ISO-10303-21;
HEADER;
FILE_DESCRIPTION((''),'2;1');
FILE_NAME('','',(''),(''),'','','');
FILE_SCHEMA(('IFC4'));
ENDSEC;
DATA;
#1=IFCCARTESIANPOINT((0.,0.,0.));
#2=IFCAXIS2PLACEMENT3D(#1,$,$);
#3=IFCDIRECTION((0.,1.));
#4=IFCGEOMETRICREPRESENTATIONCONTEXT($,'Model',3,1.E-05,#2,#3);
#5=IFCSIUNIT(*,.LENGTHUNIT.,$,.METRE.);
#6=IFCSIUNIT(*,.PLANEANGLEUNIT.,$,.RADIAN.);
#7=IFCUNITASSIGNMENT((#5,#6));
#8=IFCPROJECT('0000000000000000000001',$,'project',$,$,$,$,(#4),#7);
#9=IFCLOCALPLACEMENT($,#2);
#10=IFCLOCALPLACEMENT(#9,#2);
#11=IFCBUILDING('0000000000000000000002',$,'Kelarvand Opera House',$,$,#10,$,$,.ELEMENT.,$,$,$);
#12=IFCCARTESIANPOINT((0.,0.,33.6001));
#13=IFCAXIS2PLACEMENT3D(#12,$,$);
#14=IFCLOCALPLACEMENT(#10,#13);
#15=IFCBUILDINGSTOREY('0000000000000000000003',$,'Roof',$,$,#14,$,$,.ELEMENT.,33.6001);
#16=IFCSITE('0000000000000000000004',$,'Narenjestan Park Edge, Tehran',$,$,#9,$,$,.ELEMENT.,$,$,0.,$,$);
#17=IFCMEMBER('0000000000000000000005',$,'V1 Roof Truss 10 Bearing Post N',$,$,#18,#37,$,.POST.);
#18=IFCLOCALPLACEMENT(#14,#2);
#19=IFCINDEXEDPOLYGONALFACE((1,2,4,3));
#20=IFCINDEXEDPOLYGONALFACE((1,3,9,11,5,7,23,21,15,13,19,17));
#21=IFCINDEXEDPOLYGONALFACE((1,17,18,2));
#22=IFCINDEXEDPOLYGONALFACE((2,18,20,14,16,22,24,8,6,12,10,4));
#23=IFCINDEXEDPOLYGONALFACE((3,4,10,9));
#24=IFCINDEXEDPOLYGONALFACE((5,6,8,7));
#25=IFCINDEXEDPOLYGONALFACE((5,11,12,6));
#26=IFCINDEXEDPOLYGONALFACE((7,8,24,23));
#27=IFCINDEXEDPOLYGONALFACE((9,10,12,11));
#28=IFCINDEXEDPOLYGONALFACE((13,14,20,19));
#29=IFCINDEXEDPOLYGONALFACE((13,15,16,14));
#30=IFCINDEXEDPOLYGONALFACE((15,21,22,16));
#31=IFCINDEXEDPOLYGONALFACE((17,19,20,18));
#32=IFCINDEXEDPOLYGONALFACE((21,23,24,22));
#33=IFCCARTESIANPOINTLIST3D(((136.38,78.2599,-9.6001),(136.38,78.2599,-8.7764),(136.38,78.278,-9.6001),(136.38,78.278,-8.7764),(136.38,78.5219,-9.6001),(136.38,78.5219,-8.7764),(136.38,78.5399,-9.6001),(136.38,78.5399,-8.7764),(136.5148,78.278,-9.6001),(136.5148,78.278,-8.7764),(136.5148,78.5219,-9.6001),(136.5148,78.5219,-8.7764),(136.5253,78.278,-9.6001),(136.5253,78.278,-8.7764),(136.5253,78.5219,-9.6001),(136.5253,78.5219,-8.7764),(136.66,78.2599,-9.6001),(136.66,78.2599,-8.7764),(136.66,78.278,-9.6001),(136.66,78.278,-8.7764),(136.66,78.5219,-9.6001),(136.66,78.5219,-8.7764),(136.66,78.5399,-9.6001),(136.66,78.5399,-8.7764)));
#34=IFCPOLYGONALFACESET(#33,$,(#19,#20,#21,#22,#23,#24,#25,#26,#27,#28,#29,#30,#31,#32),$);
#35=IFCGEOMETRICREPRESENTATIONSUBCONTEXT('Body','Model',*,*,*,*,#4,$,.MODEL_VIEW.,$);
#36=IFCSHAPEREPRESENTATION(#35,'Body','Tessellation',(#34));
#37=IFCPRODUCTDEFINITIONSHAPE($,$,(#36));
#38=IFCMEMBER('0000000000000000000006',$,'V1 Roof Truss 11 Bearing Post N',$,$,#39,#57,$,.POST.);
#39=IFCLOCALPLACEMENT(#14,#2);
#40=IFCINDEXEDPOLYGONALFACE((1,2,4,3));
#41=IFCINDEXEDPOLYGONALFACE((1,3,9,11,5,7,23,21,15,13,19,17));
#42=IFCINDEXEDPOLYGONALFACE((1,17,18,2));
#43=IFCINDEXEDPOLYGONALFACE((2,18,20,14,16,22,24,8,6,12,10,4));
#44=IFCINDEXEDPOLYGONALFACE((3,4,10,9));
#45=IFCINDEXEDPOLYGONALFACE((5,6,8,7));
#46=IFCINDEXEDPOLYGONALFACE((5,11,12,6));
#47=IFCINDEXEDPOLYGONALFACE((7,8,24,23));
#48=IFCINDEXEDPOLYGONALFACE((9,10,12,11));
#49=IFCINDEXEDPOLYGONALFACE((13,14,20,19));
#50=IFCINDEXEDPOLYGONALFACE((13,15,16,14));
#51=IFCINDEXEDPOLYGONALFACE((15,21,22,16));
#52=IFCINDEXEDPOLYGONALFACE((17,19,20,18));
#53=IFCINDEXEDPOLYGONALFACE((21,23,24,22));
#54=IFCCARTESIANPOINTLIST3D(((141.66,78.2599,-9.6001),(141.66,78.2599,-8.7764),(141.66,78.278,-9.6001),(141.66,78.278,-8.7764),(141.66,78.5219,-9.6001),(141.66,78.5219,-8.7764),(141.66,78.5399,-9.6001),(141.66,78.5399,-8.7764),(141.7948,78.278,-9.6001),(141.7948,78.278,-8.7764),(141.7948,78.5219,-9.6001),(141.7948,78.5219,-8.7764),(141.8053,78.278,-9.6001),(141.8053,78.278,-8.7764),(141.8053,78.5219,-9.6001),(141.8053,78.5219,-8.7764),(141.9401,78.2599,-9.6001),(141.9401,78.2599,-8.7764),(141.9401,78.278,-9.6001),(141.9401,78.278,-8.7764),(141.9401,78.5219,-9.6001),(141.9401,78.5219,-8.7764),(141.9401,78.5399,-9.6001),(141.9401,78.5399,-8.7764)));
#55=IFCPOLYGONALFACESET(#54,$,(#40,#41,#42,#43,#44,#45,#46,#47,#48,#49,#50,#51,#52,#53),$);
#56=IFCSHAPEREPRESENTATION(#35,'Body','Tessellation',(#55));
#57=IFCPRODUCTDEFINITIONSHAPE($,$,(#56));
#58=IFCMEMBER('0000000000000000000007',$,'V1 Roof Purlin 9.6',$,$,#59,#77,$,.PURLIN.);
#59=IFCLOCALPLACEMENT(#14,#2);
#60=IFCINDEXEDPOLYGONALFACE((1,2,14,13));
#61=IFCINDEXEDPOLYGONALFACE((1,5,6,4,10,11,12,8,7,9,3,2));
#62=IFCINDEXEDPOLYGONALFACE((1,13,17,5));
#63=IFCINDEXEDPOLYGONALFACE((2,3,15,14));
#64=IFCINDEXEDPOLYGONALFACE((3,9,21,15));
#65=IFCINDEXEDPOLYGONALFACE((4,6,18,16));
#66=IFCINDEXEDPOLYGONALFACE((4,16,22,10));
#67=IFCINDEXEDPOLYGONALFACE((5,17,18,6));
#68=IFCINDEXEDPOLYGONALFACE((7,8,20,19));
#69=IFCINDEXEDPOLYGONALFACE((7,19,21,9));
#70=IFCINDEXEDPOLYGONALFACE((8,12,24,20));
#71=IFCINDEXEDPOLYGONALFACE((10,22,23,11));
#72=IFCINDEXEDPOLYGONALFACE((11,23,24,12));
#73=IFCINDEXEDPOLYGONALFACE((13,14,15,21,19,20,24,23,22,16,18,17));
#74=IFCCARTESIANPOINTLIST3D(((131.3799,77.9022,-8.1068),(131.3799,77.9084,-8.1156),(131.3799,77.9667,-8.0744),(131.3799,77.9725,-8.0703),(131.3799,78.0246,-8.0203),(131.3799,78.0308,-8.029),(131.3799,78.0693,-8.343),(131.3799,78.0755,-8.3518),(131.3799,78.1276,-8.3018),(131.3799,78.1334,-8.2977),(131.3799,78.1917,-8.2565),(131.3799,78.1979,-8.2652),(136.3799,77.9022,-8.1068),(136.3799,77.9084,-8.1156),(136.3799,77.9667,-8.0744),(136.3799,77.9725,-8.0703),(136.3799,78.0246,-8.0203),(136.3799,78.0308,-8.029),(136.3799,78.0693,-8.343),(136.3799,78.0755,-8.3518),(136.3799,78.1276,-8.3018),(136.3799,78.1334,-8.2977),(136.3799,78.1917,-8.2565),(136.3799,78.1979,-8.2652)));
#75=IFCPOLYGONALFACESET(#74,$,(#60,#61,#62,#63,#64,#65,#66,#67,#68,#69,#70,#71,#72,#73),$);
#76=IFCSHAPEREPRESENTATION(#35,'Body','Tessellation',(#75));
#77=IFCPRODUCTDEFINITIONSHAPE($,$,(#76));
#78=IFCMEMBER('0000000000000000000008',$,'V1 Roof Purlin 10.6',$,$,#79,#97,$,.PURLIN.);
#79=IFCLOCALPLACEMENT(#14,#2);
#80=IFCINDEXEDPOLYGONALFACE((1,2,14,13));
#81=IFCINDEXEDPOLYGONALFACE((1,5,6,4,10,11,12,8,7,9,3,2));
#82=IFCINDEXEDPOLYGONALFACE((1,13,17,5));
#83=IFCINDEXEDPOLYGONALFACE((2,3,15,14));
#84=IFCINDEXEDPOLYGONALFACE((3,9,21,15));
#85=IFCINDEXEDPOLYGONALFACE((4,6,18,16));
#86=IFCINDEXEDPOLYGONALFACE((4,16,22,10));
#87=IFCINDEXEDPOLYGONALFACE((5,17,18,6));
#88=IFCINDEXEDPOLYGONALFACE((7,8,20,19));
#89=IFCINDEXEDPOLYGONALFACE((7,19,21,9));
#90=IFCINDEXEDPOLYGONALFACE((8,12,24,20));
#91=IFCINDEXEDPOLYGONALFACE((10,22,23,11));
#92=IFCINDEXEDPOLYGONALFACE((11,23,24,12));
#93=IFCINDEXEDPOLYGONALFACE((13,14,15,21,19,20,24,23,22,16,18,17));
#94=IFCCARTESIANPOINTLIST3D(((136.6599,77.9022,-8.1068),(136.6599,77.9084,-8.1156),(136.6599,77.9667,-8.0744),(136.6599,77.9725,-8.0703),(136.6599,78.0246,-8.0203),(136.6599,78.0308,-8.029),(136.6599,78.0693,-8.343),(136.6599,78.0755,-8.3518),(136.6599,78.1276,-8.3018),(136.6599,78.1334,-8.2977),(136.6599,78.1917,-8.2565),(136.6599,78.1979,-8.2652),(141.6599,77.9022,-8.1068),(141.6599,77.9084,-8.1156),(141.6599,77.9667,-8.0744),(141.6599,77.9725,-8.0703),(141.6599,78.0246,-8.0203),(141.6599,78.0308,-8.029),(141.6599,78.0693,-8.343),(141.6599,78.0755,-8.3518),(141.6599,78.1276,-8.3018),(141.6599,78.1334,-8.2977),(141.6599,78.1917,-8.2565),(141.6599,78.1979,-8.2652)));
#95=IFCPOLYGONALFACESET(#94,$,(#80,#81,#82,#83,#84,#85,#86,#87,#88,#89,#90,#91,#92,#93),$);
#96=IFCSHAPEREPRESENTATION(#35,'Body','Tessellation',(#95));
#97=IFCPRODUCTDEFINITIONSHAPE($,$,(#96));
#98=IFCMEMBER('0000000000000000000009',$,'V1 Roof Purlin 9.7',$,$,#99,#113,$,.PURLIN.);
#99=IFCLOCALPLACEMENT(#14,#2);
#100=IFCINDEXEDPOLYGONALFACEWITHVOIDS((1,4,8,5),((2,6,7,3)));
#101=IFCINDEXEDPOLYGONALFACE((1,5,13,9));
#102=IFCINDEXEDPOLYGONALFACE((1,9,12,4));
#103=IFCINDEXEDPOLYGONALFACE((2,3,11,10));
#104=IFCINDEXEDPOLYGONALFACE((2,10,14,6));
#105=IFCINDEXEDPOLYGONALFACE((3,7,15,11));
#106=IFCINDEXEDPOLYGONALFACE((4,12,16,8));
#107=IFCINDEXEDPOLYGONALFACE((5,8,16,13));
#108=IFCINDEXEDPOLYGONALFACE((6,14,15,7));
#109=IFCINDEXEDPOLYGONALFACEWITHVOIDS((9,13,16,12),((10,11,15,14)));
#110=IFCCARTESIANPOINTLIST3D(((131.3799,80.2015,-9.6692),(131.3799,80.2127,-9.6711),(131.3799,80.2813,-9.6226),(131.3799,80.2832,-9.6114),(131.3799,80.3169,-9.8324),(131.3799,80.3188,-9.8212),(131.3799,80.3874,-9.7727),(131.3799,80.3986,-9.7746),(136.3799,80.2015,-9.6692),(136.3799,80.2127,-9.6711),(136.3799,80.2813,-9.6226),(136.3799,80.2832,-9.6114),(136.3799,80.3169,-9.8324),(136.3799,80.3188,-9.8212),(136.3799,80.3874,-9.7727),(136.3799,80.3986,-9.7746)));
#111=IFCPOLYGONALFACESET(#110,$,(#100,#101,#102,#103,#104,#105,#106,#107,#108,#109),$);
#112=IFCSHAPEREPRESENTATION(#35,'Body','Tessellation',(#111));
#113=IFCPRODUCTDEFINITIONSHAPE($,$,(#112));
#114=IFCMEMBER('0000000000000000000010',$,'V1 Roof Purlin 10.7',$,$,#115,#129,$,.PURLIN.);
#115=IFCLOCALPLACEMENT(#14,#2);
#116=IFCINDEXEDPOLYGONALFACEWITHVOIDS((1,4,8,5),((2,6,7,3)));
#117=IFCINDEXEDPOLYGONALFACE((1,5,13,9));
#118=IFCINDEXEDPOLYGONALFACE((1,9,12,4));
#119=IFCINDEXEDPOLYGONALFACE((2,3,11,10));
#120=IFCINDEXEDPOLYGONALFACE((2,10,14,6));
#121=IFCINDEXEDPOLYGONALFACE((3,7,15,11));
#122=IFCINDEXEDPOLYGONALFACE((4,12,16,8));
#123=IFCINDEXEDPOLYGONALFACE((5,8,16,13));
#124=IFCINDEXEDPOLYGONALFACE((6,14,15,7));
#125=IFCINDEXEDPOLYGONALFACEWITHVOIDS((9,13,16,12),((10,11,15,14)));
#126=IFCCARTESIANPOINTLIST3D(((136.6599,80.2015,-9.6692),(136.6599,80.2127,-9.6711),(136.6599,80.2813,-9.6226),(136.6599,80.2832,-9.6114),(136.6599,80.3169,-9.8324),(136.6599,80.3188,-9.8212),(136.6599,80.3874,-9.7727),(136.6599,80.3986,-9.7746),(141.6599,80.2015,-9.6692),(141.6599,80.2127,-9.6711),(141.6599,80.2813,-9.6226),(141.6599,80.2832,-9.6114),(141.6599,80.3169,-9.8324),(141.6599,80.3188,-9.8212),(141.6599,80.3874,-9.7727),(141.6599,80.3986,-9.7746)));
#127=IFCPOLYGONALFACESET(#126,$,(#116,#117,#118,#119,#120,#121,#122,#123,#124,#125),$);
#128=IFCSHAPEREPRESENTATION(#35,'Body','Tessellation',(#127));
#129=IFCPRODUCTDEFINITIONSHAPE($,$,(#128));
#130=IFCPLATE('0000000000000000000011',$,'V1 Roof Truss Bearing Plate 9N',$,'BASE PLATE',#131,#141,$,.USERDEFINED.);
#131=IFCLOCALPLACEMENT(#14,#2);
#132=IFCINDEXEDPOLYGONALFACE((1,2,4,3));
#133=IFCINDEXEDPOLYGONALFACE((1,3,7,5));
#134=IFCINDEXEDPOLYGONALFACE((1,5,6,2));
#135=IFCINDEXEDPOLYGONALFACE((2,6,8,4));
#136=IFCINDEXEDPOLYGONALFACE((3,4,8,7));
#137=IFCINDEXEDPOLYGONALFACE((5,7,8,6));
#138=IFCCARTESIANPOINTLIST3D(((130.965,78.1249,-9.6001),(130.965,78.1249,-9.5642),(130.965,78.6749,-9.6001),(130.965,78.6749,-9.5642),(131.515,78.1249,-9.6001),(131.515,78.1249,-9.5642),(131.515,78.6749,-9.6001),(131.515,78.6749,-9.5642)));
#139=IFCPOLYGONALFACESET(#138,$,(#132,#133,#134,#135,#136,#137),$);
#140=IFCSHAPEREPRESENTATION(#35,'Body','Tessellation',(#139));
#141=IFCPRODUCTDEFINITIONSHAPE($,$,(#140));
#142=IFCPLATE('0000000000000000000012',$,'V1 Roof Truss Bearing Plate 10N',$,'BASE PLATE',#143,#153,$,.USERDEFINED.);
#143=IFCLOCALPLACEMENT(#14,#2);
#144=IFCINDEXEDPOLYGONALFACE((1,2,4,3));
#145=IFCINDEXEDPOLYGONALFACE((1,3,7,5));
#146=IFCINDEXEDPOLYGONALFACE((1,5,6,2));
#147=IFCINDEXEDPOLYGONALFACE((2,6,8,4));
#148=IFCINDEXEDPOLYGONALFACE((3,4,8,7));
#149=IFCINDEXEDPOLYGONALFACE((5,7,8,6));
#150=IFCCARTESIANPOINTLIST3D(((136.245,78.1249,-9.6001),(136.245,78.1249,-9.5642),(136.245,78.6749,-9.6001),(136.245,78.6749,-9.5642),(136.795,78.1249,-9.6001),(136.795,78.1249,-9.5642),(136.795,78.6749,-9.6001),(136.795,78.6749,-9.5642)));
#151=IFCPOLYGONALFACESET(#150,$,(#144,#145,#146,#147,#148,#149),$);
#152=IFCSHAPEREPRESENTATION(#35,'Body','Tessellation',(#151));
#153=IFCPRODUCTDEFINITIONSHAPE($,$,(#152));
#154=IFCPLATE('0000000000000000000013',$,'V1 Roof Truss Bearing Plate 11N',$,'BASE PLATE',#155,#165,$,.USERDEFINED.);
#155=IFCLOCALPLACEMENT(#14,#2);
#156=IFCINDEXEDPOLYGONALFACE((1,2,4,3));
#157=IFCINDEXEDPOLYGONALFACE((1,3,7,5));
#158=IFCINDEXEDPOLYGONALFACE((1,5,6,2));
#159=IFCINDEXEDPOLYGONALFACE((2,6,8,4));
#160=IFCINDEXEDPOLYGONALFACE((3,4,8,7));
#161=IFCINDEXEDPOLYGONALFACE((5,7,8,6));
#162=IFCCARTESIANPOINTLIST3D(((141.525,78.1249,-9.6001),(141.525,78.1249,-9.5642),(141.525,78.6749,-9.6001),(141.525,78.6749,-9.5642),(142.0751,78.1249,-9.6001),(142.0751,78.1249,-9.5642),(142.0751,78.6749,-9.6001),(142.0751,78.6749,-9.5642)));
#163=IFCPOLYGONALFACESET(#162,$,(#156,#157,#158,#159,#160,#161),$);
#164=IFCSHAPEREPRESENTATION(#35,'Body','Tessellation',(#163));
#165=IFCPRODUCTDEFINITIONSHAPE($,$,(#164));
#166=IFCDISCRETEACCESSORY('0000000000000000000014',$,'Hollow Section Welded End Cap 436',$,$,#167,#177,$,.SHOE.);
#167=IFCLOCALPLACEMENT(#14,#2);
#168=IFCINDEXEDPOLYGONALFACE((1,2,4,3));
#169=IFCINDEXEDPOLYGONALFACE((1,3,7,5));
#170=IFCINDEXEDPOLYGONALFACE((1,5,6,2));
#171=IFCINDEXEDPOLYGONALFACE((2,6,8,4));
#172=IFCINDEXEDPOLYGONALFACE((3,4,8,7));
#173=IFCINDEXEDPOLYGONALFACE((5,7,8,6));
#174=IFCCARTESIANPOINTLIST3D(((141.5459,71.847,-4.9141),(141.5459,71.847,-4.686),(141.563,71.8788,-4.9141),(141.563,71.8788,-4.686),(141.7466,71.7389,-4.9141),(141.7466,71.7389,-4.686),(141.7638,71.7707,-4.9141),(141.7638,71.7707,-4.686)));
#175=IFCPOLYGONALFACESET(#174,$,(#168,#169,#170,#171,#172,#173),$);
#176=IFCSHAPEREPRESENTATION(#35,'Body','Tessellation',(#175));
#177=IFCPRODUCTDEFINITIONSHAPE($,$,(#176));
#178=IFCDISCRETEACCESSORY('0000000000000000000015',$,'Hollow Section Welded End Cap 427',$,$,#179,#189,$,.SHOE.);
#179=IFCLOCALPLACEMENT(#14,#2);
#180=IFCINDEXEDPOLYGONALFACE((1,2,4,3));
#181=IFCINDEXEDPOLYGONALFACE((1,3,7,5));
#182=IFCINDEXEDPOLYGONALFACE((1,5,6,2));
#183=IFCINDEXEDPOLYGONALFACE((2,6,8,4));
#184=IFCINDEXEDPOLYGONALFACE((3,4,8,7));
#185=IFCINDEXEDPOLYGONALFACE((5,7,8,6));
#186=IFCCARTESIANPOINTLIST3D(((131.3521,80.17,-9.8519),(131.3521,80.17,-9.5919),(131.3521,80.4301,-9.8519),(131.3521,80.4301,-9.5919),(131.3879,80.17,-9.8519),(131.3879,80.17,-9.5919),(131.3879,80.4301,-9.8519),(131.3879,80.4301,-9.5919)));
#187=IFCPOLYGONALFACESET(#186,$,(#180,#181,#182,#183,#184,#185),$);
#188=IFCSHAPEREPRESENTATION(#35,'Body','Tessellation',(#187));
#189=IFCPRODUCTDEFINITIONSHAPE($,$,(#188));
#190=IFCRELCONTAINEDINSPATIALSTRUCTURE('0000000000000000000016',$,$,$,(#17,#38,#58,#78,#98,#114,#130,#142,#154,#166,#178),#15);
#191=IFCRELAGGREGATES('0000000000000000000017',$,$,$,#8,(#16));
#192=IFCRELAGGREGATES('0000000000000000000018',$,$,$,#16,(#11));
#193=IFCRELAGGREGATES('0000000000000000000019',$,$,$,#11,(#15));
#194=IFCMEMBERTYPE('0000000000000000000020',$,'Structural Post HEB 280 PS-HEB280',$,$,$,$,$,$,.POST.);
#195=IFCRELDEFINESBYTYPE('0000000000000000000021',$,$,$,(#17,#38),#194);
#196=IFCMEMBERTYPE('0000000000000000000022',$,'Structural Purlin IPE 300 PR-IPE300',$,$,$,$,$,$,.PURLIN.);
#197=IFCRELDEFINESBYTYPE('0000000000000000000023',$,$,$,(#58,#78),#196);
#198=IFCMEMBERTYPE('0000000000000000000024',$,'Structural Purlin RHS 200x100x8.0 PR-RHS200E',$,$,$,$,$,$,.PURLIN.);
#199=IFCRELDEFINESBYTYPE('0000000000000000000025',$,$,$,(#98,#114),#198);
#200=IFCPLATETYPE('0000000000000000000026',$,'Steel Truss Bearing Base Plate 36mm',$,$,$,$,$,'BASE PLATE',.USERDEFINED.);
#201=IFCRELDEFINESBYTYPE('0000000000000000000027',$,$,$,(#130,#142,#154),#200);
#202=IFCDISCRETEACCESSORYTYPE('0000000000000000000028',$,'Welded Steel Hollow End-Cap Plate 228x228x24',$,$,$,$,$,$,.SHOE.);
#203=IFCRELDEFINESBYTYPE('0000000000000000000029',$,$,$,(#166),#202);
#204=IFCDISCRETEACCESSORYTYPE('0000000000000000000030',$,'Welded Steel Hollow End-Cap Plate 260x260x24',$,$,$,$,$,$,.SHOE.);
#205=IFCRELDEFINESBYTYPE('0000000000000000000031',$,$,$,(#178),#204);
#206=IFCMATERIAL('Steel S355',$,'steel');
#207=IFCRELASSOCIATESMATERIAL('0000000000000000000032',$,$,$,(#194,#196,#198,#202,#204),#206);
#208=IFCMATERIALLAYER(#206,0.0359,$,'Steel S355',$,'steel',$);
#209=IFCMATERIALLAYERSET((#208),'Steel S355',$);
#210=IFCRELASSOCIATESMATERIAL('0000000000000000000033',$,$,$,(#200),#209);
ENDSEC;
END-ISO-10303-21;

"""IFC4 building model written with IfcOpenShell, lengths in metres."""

from ifc_helpers import new_model, si_unit, direction, frame, origin, origin_2d, place, context, subcontext, project, spatial, rectangle, hollow_rectangle, i_section, extrude, material, layer, layer_set, material_profile, profile_set, type_object, element, save


model = new_model("IFC4")

# Units and contexts
model_context = context("Model", 3, precision=1e-05, world=origin(), true_north=direction((0.0, 1.0)))
body_context = subcontext(model_context, "Body", "Model", "MODEL_VIEW")
ifc_project = project(units=[si_unit("LENGTHUNIT", "METRE"), si_unit("PLANEANGLEUNIT", "RADIAN")], contexts=[model_context])

# Site, building, storey
site_placement = place(None, origin())
site = spatial("IfcSite", under=ifc_project, at=site_placement, Name="Narenjestan Park Edge, Tehran", CompositionType="ELEMENT", RefElevation=0.0)
building_placement = place(site_placement, origin())
building = spatial("IfcBuilding", under=site, at=building_placement, Name="Kelarvand Opera House", CompositionType="ELEMENT")
storey_placement = place(building_placement, frame((0.0, 0.0, 33.6001)))
storey = spatial("IfcBuildingStorey", under=building, at=storey_placement, Name="Roof", CompositionType="ELEMENT", Elevation=33.6001)

# Members
ifc_material = material(Name="Steel S355", Category="steel")
ifc_material_profile_1 = material_profile(ifc_material, i_section(OverallWidth=0.28, OverallDepth=0.28, WebThickness=0.0105, FlangeThickness=0.0181, at=origin_2d()), Name="HEB 280", Category="steel")
ifc_profile_set_1 = profile_set([ifc_material_profile_1], Name="Steel S355")
member_type_1 = type_object("IfcMemberType", Name="Structural Post HEB 280 PS-HEB280", PredefinedType="POST", material=ifc_profile_set_1)
for number, where, z_axis, x_axis, name in (
    (1, (136.52, 78.3999, -9.6001), (0.0, 0.0, 1.0), (1.0, 0.0, 0.0), "V1 Roof Truss 10 Bearing Post N"),
    (2, (141.8, 78.3999, -9.6001), (0.0, 0.0, 1.0), (1.0, 0.0, 0.0), "V1 Roof Truss 11 Bearing Post N"),
):
    element("IfcMember", number, at=place(storey_placement, frame(where, z_axis=z_axis, x_axis=x_axis)), inside=storey, type_object=member_type_1, Name=name, PredefinedType="POST", context=body_context, shape_type="SweptSolid", body=[
        extrude(i_section(OverallWidth=0.28, OverallDepth=0.28, WebThickness=0.0105, FlangeThickness=0.0181, at=origin_2d()), origin(), (0.0, 0.0, 1.0), 0.8237),
    ])
ifc_material_profile_2 = material_profile(ifc_material, i_section(OverallWidth=0.1499, OverallDepth=0.3, WebThickness=0.0071, FlangeThickness=0.0107, at=origin_2d()), Name="IPE 300", Category="steel")
ifc_profile_set_2 = profile_set([ifc_material_profile_2], Name="Steel S355")
member_type_2 = type_object("IfcMemberType", Name="Structural Purlin IPE 300 PR-IPE300", PredefinedType="PURLIN", material=ifc_profile_set_2)
for number, where, z_axis, x_axis, name in (
    (3, (131.3799, 78.05, -8.186), (1.0, 0.0, 0.0), (0.0, 0.81644, 0.57743), "V1 Roof Purlin 9.6"),
    (4, (136.6599, 78.05, -8.186), (1.0, 0.0, 0.0), (0.0, 0.81644, 0.57743), "V1 Roof Purlin 10.6"),
):
    element("IfcMember", number, at=place(storey_placement, frame(where, z_axis=z_axis, x_axis=x_axis)), inside=storey, type_object=member_type_2, Name=name, PredefinedType="PURLIN", context=body_context, shape_type="SweptSolid", body=[
        extrude(i_section(OverallWidth=0.1499, OverallDepth=0.3, WebThickness=0.0071, FlangeThickness=0.0107, at=origin_2d()), origin(), (0.0, 0.0, 1.0), 5.0),
    ])
ifc_material_profile_3 = material_profile(ifc_material, hollow_rectangle(XDim=0.1001, YDim=0.2, WallThickness=0.0081, at=origin_2d()), Name="RHS 200x100x8.0", Category="steel")
ifc_profile_set_3 = profile_set([ifc_material_profile_3], Name="Steel S355")
member_type_3 = type_object("IfcMemberType", Name="Structural Purlin RHS 200x100x8.0 PR-RHS200E", PredefinedType="PURLIN", material=ifc_profile_set_3)
for number, where, z_axis, x_axis, name in (
    (5, (131.3799, 80.3, -9.7219), (1.0, 0.0, 0.0), (0.0, 0.81644, 0.57743), "V1 Roof Purlin 9.7"),
    (6, (136.6599, 80.3, -9.7219), (1.0, 0.0, 0.0), (0.0, 0.81644, 0.57743), "V1 Roof Purlin 10.7"),
):
    element("IfcMember", number, at=place(storey_placement, frame(where, z_axis=z_axis, x_axis=x_axis)), inside=storey, type_object=member_type_3, Name=name, PredefinedType="PURLIN", context=body_context, shape_type="SweptSolid", body=[
        extrude(hollow_rectangle(XDim=0.1001, YDim=0.2, WallThickness=0.0081, at=origin_2d()), origin(), (0.0, 0.0, 1.0), 5.0),
    ])

# Plates
ifc_layer = layer(ifc_material, 0.0359, Name="Steel S355", Category="steel")
ifc_layer_set = layer_set([ifc_layer], Name="Steel S355")
plate_type = type_object("IfcPlateType", Name="Steel Truss Bearing Base Plate 36mm", ElementType="BASE PLATE", PredefinedType="USERDEFINED", material=ifc_layer_set)
for number, where, z_axis, x_axis, name in (
    (7, (131.24, 78.3999, -9.6001), (0.0, 0.0, 1.0), (1.0, 0.0, 0.0), "V1 Roof Truss Bearing Plate 9N"),
    (8, (136.52, 78.3999, -9.6001), (0.0, 0.0, 1.0), (1.0, 0.0, 0.0), "V1 Roof Truss Bearing Plate 10N"),
    (9, (141.8, 78.3999, -9.6001), (0.0, 0.0, 1.0), (1.0, 0.0, 0.0), "V1 Roof Truss Bearing Plate 11N"),
):
    element("IfcPlate", number, at=place(storey_placement, frame(where, z_axis=z_axis, x_axis=x_axis)), inside=storey, type_object=plate_type, Name=name, ObjectType="BASE PLATE", PredefinedType="USERDEFINED", context=body_context, shape_type="SweptSolid", body=[
        extrude(rectangle(XDim=0.55, YDim=0.55, at=origin_2d()), origin(), (0.0, 0.0, 1.0), 0.0359),
    ])

# Discrete accessories
ifc_material_profile_4 = material_profile(ifc_material, rectangle(XDim=0.228, YDim=0.228, at=origin_2d()), Name="Welded Steel Hollow End-Cap Plate 228x228x24", Category="steel")
ifc_profile_set_4 = profile_set([ifc_material_profile_4], Name="Steel S355")
discrete_accessory_type_1 = type_object("IfcDiscreteAccessoryType", Name="Welded Steel Hollow End-Cap Plate 228x228x24", PredefinedType="SHOE", material=ifc_profile_set_4)
discrete_accessory_1_placement = place(storey_placement, frame((141.6462, 71.793, -4.8), z_axis=(0.4741, 0.880471, 0.0), x_axis=(-0.880471, 0.4741, 0.0)))
element("IfcDiscreteAccessory", 10, at=discrete_accessory_1_placement, inside=storey, type_object=discrete_accessory_type_1, Name="Hollow Section Welded End Cap 436", PredefinedType="SHOE", context=body_context, shape_type="SweptSolid", body=[
    extrude(rectangle(XDim=0.228, YDim=0.228, at=origin_2d()), origin(), (0.0, 0.0, 1.0), 0.0361),
])
ifc_material_profile_5 = material_profile(ifc_material, rectangle(XDim=0.26, YDim=0.26, at=origin_2d()), Name="Welded Steel Hollow End-Cap Plate 260x260x24", Category="steel")
ifc_profile_set_5 = profile_set([ifc_material_profile_5], Name="Steel S355")
discrete_accessory_type_2 = type_object("IfcDiscreteAccessoryType", Name="Welded Steel Hollow End-Cap Plate 260x260x24", PredefinedType="SHOE", material=ifc_profile_set_5)
for number, where, z_axis, x_axis, name in (
    (11, (131.3879, 80.3, -9.7219), (-1.0, 0.0, 0.0), (0.0, -1.0, 0.0), "Hollow Section Welded End Cap 427"),
):
    element("IfcDiscreteAccessory", number, at=place(storey_placement, frame(where, z_axis=z_axis, x_axis=x_axis)), inside=storey, type_object=discrete_accessory_type_2, Name=name, PredefinedType="SHOE", context=body_context, shape_type="SweptSolid", body=[
        extrude(rectangle(XDim=0.26, YDim=0.26, at=origin_2d()), origin(), (0.0, 0.0, 1.0), 0.0359),
    ])

save(model, "model.ifc")
